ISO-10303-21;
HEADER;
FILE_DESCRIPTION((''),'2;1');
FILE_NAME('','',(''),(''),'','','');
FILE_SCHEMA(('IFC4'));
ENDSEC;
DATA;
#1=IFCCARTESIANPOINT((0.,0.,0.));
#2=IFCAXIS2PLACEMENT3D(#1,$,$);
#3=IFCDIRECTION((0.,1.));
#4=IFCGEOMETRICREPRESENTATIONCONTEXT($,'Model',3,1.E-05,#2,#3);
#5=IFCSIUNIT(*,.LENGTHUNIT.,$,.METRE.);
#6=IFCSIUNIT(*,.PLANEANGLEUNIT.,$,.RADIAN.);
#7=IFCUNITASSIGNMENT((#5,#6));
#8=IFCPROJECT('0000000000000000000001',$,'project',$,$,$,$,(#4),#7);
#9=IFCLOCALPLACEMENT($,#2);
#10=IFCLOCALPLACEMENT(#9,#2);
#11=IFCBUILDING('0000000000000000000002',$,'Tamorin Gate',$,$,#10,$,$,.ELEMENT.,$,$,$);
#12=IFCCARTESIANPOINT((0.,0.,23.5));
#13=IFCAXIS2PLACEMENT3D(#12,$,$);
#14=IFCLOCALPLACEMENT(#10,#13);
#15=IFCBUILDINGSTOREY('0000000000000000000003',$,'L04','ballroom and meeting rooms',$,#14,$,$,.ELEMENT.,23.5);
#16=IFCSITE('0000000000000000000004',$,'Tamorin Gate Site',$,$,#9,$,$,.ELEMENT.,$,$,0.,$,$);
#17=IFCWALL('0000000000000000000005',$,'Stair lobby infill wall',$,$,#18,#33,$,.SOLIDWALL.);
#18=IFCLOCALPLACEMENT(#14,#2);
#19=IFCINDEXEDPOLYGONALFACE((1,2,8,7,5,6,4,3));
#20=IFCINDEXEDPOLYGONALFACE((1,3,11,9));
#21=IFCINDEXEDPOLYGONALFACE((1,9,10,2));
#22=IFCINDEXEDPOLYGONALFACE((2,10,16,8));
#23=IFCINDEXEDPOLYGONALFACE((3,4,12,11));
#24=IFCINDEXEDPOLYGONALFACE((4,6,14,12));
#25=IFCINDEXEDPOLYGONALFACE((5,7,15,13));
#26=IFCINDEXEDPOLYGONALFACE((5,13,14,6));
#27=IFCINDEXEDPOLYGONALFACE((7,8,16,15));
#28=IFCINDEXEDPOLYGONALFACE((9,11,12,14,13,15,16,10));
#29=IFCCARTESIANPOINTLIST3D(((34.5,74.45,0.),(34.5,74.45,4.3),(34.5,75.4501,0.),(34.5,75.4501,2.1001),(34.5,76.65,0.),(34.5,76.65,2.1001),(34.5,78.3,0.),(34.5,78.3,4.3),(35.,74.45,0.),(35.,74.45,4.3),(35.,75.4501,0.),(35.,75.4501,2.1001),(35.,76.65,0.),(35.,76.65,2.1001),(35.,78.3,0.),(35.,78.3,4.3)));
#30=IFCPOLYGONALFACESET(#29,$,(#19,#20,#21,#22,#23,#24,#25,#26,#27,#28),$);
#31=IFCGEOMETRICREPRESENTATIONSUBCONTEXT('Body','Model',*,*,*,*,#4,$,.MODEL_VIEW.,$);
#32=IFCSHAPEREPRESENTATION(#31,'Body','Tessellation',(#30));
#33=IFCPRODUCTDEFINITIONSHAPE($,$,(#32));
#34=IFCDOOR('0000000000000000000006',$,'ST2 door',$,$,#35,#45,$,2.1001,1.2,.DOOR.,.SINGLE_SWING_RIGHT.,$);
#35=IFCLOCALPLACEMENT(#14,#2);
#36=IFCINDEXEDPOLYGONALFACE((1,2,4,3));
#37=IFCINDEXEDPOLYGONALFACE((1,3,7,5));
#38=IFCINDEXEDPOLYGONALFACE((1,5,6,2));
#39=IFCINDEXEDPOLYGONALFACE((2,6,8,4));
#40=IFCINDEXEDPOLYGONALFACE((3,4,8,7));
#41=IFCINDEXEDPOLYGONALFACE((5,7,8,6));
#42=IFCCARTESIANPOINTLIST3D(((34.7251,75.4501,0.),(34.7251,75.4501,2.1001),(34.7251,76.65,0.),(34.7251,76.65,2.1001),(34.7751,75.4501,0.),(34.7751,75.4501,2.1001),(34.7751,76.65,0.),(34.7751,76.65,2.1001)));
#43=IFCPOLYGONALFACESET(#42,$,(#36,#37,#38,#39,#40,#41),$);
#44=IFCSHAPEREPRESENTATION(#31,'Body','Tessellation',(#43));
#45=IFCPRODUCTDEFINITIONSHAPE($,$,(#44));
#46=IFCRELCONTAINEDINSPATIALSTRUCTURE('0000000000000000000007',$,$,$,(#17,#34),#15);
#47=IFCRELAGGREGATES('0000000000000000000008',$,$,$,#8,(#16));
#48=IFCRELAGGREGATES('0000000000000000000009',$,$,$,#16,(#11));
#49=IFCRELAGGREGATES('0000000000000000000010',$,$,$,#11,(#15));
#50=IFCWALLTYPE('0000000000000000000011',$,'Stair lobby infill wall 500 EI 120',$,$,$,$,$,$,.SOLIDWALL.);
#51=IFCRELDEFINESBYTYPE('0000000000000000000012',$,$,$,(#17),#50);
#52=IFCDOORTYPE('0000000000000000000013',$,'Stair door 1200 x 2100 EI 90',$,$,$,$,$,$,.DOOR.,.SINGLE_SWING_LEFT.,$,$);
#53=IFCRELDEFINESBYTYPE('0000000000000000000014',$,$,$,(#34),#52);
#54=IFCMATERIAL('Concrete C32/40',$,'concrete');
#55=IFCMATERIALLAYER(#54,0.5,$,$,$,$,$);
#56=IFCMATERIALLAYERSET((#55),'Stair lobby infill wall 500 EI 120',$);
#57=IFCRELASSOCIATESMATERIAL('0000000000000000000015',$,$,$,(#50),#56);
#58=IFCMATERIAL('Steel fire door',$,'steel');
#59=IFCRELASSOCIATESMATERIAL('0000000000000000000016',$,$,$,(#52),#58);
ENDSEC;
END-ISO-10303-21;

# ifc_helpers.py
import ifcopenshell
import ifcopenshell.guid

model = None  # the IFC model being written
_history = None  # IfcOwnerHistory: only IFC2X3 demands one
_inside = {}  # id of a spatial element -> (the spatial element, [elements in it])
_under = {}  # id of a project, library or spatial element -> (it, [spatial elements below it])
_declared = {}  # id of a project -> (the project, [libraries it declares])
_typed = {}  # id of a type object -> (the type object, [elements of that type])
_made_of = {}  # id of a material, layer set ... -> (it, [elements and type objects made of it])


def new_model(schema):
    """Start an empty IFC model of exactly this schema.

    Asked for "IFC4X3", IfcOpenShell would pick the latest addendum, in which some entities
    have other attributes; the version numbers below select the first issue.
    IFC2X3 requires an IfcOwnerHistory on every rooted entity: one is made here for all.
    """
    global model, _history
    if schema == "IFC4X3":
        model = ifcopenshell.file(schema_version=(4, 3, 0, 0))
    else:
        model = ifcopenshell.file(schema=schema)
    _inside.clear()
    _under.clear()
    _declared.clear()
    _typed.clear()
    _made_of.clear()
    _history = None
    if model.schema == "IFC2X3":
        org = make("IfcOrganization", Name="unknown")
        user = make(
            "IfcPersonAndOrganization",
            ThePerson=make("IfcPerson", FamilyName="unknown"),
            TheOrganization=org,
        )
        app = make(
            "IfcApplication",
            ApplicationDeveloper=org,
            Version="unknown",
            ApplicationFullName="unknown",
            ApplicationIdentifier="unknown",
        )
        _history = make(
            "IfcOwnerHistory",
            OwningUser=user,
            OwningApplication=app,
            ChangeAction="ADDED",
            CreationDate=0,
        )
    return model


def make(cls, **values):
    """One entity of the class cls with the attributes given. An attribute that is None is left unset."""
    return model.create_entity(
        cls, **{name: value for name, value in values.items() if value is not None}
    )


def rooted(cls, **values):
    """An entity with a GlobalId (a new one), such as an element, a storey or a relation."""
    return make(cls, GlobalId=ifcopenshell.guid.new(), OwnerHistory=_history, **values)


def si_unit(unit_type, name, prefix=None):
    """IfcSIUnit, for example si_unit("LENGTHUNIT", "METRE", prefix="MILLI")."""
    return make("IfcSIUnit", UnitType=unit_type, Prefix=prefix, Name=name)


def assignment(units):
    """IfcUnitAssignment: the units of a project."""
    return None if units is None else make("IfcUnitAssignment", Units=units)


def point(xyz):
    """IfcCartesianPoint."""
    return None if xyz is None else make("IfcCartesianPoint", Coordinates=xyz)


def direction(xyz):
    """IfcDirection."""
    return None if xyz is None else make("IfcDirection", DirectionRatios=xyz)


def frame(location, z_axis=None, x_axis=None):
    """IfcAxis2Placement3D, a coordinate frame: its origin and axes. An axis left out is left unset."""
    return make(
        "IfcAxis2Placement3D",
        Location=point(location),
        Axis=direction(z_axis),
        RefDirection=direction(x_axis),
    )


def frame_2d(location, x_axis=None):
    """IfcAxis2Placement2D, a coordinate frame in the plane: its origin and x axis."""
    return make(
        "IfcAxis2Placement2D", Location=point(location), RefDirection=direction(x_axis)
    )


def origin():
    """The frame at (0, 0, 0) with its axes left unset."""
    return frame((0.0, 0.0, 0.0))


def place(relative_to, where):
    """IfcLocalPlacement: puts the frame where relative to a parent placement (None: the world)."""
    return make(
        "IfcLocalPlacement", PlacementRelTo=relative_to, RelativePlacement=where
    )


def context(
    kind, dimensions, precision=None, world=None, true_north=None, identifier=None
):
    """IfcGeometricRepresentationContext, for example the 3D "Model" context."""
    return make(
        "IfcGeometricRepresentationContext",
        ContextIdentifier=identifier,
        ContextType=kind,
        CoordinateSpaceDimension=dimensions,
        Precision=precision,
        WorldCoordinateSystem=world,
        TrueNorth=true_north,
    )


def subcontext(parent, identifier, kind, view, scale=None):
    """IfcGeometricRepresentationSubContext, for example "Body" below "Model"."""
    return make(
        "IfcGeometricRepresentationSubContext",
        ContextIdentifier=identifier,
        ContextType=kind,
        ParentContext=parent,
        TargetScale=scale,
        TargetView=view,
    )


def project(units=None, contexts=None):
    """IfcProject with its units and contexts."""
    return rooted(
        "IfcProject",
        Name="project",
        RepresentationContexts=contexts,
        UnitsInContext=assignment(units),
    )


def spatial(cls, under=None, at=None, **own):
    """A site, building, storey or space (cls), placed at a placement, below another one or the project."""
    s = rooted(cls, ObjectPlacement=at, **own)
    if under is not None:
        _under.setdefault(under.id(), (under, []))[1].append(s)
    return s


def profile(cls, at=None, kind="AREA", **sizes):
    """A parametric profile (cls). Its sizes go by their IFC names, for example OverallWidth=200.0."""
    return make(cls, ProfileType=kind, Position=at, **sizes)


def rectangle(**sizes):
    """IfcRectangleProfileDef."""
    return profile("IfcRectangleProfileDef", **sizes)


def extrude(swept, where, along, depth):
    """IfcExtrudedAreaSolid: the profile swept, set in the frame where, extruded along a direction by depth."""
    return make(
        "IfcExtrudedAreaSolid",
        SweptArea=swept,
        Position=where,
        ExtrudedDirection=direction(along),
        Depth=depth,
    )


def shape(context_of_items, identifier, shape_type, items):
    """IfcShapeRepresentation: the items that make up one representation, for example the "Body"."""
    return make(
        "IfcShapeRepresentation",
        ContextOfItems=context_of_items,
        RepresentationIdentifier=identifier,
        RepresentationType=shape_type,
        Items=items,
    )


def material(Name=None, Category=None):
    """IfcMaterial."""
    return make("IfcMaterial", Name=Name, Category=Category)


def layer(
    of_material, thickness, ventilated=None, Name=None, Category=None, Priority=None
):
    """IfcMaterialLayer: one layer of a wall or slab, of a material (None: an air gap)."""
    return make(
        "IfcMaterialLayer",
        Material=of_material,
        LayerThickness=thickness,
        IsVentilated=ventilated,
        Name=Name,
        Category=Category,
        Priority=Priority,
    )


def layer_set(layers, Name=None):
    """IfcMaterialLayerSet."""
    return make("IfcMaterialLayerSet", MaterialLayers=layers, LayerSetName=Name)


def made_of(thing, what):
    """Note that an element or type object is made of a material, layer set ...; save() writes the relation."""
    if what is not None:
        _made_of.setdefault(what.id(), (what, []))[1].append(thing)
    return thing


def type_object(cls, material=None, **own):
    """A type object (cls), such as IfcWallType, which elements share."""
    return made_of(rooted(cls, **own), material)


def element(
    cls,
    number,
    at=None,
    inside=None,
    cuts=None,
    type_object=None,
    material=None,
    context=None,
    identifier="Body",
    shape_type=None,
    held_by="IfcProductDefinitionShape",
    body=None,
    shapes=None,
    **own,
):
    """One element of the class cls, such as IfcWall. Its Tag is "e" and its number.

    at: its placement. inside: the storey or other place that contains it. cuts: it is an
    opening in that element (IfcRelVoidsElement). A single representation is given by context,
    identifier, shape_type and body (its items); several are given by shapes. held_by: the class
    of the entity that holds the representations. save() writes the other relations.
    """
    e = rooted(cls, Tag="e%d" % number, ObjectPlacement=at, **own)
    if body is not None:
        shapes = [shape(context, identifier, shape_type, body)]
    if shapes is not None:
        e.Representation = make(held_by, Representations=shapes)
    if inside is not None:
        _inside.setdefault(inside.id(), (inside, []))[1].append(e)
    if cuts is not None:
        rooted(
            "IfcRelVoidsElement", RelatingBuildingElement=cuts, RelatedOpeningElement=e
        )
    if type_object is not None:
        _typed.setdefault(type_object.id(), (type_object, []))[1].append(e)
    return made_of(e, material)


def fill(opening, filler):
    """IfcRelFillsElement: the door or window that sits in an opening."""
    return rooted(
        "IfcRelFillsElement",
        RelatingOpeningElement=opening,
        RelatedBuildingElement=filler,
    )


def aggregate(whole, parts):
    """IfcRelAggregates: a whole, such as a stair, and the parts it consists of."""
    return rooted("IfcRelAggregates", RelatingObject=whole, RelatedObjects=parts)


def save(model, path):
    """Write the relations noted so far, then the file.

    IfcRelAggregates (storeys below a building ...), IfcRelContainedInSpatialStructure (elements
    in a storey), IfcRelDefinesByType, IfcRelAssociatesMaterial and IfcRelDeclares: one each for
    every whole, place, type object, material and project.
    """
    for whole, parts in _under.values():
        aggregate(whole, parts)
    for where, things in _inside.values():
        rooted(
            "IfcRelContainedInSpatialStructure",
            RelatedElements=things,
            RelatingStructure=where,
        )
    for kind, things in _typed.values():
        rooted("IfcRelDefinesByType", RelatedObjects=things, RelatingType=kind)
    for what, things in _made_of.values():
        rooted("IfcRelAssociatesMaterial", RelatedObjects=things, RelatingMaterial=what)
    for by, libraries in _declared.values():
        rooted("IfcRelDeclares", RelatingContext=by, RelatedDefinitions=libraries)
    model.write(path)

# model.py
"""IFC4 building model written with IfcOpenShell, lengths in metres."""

from ifc_helpers import new_model, si_unit, direction, frame, frame_2d, origin, place, context, subcontext, project, spatial, rectangle, extrude, material, layer, layer_set, type_object, element, fill, save


model = new_model("IFC4")

# Units and contexts
model_context = context("Model", 3, precision=1e-05, world=origin(), true_north=direction((0.0, 1.0)))
body_context = subcontext(model_context, "Body", "Model", "MODEL_VIEW")
ifc_project = project(units=[si_unit("LENGTHUNIT", "METRE"), si_unit("PLANEANGLEUNIT", "RADIAN")], contexts=[model_context])

# Site, building, storey
site_placement = place(None, origin())
site = spatial("IfcSite", under=ifc_project, at=site_placement, Name="Tamorin Gate Site", CompositionType="ELEMENT", RefElevation=0.0)
building_placement = place(site_placement, origin())
building = spatial("IfcBuilding", under=site, at=building_placement, Name="Tamorin Gate", CompositionType="ELEMENT")
storey_placement = place(building_placement, frame((0.0, 0.0, 23.5)))
storey = spatial("IfcBuildingStorey", under=building, at=storey_placement, Name="L04", Description="ballroom and meeting rooms", CompositionType="ELEMENT", Elevation=23.5)

# Wall, opening, door
ifc_material_1 = material(Name="Steel fire door", Category="steel")
ifc_material_2 = material(Name="Concrete C32/40", Category="concrete")
ifc_layer_1 = layer(ifc_material_2, 0.5)
ifc_layer_set_1 = layer_set([ifc_layer_1], Name="Stair lobby infill wall 500 EI 120")
wall_type_1 = type_object("IfcWallType", Name="Stair lobby infill wall 500 EI 120", PredefinedType="SOLIDWALL", material=ifc_layer_set_1)
wall_1_placement = place(storey_placement, frame((34.75, 74.45, 0.0), z_axis=(0.0, 0.0, 1.0), x_axis=(0.0, 1.0, 0.0)))
wall_1 = element("IfcWall", 1, at=wall_1_placement, inside=storey, type_object=wall_type_1, Name="Stair lobby infill wall", PredefinedType="SOLIDWALL", context=body_context, shape_type="SweptSolid", body=[
    extrude(rectangle(XDim=3.8501, YDim=0.5, at=frame_2d((1.925, 0.0))), origin(), (0.0, 0.0, 1.0), 4.3),
])
opening_1_placement = place(wall_1_placement, frame((1.0, 0.0, 0.0)))
opening_1 = element("IfcOpeningElement", 2, at=opening_1_placement, cuts=wall_1, PredefinedType="OPENING", context=body_context, shape_type="SweptSolid", body=[
    extrude(rectangle(XDim=1.2, YDim=2.1001, at=frame_2d((0.6001, 1.05))), frame((0.0, 0.26, 0.0), z_axis=(0.0, -1.0, 0.0), x_axis=(1.0, 0.0, 0.0)), (0.0, 0.0, 1.0), 0.52),
])
door_type_1 = type_object("IfcDoorType", Name="Stair door 1200 x 2100 EI 90", OperationType="SINGLE_SWING_LEFT", PredefinedType="DOOR", material=ifc_material_1)
door_1_placement = place(opening_1_placement, origin())
door_1 = element("IfcDoor", 3, at=door_1_placement, inside=storey, type_object=door_type_1, Name="ST2 door", OperationType="SINGLE_SWING_RIGHT", OverallHeight=2.1001, OverallWidth=1.2, PredefinedType="DOOR", context=body_context, shape_type="SweptSolid", body=[
    extrude(rectangle(XDim=1.2, YDim=2.1001, at=frame_2d((0.6001, 1.05))), frame((0.0, 0.0249, 0.0), z_axis=(0.0, -1.0, 0.0), x_axis=(1.0, 0.0, 0.0)), (0.0, 0.0, 1.0), 0.05),
])
fill(opening_1, door_1)

save(model, "model.ifc")
